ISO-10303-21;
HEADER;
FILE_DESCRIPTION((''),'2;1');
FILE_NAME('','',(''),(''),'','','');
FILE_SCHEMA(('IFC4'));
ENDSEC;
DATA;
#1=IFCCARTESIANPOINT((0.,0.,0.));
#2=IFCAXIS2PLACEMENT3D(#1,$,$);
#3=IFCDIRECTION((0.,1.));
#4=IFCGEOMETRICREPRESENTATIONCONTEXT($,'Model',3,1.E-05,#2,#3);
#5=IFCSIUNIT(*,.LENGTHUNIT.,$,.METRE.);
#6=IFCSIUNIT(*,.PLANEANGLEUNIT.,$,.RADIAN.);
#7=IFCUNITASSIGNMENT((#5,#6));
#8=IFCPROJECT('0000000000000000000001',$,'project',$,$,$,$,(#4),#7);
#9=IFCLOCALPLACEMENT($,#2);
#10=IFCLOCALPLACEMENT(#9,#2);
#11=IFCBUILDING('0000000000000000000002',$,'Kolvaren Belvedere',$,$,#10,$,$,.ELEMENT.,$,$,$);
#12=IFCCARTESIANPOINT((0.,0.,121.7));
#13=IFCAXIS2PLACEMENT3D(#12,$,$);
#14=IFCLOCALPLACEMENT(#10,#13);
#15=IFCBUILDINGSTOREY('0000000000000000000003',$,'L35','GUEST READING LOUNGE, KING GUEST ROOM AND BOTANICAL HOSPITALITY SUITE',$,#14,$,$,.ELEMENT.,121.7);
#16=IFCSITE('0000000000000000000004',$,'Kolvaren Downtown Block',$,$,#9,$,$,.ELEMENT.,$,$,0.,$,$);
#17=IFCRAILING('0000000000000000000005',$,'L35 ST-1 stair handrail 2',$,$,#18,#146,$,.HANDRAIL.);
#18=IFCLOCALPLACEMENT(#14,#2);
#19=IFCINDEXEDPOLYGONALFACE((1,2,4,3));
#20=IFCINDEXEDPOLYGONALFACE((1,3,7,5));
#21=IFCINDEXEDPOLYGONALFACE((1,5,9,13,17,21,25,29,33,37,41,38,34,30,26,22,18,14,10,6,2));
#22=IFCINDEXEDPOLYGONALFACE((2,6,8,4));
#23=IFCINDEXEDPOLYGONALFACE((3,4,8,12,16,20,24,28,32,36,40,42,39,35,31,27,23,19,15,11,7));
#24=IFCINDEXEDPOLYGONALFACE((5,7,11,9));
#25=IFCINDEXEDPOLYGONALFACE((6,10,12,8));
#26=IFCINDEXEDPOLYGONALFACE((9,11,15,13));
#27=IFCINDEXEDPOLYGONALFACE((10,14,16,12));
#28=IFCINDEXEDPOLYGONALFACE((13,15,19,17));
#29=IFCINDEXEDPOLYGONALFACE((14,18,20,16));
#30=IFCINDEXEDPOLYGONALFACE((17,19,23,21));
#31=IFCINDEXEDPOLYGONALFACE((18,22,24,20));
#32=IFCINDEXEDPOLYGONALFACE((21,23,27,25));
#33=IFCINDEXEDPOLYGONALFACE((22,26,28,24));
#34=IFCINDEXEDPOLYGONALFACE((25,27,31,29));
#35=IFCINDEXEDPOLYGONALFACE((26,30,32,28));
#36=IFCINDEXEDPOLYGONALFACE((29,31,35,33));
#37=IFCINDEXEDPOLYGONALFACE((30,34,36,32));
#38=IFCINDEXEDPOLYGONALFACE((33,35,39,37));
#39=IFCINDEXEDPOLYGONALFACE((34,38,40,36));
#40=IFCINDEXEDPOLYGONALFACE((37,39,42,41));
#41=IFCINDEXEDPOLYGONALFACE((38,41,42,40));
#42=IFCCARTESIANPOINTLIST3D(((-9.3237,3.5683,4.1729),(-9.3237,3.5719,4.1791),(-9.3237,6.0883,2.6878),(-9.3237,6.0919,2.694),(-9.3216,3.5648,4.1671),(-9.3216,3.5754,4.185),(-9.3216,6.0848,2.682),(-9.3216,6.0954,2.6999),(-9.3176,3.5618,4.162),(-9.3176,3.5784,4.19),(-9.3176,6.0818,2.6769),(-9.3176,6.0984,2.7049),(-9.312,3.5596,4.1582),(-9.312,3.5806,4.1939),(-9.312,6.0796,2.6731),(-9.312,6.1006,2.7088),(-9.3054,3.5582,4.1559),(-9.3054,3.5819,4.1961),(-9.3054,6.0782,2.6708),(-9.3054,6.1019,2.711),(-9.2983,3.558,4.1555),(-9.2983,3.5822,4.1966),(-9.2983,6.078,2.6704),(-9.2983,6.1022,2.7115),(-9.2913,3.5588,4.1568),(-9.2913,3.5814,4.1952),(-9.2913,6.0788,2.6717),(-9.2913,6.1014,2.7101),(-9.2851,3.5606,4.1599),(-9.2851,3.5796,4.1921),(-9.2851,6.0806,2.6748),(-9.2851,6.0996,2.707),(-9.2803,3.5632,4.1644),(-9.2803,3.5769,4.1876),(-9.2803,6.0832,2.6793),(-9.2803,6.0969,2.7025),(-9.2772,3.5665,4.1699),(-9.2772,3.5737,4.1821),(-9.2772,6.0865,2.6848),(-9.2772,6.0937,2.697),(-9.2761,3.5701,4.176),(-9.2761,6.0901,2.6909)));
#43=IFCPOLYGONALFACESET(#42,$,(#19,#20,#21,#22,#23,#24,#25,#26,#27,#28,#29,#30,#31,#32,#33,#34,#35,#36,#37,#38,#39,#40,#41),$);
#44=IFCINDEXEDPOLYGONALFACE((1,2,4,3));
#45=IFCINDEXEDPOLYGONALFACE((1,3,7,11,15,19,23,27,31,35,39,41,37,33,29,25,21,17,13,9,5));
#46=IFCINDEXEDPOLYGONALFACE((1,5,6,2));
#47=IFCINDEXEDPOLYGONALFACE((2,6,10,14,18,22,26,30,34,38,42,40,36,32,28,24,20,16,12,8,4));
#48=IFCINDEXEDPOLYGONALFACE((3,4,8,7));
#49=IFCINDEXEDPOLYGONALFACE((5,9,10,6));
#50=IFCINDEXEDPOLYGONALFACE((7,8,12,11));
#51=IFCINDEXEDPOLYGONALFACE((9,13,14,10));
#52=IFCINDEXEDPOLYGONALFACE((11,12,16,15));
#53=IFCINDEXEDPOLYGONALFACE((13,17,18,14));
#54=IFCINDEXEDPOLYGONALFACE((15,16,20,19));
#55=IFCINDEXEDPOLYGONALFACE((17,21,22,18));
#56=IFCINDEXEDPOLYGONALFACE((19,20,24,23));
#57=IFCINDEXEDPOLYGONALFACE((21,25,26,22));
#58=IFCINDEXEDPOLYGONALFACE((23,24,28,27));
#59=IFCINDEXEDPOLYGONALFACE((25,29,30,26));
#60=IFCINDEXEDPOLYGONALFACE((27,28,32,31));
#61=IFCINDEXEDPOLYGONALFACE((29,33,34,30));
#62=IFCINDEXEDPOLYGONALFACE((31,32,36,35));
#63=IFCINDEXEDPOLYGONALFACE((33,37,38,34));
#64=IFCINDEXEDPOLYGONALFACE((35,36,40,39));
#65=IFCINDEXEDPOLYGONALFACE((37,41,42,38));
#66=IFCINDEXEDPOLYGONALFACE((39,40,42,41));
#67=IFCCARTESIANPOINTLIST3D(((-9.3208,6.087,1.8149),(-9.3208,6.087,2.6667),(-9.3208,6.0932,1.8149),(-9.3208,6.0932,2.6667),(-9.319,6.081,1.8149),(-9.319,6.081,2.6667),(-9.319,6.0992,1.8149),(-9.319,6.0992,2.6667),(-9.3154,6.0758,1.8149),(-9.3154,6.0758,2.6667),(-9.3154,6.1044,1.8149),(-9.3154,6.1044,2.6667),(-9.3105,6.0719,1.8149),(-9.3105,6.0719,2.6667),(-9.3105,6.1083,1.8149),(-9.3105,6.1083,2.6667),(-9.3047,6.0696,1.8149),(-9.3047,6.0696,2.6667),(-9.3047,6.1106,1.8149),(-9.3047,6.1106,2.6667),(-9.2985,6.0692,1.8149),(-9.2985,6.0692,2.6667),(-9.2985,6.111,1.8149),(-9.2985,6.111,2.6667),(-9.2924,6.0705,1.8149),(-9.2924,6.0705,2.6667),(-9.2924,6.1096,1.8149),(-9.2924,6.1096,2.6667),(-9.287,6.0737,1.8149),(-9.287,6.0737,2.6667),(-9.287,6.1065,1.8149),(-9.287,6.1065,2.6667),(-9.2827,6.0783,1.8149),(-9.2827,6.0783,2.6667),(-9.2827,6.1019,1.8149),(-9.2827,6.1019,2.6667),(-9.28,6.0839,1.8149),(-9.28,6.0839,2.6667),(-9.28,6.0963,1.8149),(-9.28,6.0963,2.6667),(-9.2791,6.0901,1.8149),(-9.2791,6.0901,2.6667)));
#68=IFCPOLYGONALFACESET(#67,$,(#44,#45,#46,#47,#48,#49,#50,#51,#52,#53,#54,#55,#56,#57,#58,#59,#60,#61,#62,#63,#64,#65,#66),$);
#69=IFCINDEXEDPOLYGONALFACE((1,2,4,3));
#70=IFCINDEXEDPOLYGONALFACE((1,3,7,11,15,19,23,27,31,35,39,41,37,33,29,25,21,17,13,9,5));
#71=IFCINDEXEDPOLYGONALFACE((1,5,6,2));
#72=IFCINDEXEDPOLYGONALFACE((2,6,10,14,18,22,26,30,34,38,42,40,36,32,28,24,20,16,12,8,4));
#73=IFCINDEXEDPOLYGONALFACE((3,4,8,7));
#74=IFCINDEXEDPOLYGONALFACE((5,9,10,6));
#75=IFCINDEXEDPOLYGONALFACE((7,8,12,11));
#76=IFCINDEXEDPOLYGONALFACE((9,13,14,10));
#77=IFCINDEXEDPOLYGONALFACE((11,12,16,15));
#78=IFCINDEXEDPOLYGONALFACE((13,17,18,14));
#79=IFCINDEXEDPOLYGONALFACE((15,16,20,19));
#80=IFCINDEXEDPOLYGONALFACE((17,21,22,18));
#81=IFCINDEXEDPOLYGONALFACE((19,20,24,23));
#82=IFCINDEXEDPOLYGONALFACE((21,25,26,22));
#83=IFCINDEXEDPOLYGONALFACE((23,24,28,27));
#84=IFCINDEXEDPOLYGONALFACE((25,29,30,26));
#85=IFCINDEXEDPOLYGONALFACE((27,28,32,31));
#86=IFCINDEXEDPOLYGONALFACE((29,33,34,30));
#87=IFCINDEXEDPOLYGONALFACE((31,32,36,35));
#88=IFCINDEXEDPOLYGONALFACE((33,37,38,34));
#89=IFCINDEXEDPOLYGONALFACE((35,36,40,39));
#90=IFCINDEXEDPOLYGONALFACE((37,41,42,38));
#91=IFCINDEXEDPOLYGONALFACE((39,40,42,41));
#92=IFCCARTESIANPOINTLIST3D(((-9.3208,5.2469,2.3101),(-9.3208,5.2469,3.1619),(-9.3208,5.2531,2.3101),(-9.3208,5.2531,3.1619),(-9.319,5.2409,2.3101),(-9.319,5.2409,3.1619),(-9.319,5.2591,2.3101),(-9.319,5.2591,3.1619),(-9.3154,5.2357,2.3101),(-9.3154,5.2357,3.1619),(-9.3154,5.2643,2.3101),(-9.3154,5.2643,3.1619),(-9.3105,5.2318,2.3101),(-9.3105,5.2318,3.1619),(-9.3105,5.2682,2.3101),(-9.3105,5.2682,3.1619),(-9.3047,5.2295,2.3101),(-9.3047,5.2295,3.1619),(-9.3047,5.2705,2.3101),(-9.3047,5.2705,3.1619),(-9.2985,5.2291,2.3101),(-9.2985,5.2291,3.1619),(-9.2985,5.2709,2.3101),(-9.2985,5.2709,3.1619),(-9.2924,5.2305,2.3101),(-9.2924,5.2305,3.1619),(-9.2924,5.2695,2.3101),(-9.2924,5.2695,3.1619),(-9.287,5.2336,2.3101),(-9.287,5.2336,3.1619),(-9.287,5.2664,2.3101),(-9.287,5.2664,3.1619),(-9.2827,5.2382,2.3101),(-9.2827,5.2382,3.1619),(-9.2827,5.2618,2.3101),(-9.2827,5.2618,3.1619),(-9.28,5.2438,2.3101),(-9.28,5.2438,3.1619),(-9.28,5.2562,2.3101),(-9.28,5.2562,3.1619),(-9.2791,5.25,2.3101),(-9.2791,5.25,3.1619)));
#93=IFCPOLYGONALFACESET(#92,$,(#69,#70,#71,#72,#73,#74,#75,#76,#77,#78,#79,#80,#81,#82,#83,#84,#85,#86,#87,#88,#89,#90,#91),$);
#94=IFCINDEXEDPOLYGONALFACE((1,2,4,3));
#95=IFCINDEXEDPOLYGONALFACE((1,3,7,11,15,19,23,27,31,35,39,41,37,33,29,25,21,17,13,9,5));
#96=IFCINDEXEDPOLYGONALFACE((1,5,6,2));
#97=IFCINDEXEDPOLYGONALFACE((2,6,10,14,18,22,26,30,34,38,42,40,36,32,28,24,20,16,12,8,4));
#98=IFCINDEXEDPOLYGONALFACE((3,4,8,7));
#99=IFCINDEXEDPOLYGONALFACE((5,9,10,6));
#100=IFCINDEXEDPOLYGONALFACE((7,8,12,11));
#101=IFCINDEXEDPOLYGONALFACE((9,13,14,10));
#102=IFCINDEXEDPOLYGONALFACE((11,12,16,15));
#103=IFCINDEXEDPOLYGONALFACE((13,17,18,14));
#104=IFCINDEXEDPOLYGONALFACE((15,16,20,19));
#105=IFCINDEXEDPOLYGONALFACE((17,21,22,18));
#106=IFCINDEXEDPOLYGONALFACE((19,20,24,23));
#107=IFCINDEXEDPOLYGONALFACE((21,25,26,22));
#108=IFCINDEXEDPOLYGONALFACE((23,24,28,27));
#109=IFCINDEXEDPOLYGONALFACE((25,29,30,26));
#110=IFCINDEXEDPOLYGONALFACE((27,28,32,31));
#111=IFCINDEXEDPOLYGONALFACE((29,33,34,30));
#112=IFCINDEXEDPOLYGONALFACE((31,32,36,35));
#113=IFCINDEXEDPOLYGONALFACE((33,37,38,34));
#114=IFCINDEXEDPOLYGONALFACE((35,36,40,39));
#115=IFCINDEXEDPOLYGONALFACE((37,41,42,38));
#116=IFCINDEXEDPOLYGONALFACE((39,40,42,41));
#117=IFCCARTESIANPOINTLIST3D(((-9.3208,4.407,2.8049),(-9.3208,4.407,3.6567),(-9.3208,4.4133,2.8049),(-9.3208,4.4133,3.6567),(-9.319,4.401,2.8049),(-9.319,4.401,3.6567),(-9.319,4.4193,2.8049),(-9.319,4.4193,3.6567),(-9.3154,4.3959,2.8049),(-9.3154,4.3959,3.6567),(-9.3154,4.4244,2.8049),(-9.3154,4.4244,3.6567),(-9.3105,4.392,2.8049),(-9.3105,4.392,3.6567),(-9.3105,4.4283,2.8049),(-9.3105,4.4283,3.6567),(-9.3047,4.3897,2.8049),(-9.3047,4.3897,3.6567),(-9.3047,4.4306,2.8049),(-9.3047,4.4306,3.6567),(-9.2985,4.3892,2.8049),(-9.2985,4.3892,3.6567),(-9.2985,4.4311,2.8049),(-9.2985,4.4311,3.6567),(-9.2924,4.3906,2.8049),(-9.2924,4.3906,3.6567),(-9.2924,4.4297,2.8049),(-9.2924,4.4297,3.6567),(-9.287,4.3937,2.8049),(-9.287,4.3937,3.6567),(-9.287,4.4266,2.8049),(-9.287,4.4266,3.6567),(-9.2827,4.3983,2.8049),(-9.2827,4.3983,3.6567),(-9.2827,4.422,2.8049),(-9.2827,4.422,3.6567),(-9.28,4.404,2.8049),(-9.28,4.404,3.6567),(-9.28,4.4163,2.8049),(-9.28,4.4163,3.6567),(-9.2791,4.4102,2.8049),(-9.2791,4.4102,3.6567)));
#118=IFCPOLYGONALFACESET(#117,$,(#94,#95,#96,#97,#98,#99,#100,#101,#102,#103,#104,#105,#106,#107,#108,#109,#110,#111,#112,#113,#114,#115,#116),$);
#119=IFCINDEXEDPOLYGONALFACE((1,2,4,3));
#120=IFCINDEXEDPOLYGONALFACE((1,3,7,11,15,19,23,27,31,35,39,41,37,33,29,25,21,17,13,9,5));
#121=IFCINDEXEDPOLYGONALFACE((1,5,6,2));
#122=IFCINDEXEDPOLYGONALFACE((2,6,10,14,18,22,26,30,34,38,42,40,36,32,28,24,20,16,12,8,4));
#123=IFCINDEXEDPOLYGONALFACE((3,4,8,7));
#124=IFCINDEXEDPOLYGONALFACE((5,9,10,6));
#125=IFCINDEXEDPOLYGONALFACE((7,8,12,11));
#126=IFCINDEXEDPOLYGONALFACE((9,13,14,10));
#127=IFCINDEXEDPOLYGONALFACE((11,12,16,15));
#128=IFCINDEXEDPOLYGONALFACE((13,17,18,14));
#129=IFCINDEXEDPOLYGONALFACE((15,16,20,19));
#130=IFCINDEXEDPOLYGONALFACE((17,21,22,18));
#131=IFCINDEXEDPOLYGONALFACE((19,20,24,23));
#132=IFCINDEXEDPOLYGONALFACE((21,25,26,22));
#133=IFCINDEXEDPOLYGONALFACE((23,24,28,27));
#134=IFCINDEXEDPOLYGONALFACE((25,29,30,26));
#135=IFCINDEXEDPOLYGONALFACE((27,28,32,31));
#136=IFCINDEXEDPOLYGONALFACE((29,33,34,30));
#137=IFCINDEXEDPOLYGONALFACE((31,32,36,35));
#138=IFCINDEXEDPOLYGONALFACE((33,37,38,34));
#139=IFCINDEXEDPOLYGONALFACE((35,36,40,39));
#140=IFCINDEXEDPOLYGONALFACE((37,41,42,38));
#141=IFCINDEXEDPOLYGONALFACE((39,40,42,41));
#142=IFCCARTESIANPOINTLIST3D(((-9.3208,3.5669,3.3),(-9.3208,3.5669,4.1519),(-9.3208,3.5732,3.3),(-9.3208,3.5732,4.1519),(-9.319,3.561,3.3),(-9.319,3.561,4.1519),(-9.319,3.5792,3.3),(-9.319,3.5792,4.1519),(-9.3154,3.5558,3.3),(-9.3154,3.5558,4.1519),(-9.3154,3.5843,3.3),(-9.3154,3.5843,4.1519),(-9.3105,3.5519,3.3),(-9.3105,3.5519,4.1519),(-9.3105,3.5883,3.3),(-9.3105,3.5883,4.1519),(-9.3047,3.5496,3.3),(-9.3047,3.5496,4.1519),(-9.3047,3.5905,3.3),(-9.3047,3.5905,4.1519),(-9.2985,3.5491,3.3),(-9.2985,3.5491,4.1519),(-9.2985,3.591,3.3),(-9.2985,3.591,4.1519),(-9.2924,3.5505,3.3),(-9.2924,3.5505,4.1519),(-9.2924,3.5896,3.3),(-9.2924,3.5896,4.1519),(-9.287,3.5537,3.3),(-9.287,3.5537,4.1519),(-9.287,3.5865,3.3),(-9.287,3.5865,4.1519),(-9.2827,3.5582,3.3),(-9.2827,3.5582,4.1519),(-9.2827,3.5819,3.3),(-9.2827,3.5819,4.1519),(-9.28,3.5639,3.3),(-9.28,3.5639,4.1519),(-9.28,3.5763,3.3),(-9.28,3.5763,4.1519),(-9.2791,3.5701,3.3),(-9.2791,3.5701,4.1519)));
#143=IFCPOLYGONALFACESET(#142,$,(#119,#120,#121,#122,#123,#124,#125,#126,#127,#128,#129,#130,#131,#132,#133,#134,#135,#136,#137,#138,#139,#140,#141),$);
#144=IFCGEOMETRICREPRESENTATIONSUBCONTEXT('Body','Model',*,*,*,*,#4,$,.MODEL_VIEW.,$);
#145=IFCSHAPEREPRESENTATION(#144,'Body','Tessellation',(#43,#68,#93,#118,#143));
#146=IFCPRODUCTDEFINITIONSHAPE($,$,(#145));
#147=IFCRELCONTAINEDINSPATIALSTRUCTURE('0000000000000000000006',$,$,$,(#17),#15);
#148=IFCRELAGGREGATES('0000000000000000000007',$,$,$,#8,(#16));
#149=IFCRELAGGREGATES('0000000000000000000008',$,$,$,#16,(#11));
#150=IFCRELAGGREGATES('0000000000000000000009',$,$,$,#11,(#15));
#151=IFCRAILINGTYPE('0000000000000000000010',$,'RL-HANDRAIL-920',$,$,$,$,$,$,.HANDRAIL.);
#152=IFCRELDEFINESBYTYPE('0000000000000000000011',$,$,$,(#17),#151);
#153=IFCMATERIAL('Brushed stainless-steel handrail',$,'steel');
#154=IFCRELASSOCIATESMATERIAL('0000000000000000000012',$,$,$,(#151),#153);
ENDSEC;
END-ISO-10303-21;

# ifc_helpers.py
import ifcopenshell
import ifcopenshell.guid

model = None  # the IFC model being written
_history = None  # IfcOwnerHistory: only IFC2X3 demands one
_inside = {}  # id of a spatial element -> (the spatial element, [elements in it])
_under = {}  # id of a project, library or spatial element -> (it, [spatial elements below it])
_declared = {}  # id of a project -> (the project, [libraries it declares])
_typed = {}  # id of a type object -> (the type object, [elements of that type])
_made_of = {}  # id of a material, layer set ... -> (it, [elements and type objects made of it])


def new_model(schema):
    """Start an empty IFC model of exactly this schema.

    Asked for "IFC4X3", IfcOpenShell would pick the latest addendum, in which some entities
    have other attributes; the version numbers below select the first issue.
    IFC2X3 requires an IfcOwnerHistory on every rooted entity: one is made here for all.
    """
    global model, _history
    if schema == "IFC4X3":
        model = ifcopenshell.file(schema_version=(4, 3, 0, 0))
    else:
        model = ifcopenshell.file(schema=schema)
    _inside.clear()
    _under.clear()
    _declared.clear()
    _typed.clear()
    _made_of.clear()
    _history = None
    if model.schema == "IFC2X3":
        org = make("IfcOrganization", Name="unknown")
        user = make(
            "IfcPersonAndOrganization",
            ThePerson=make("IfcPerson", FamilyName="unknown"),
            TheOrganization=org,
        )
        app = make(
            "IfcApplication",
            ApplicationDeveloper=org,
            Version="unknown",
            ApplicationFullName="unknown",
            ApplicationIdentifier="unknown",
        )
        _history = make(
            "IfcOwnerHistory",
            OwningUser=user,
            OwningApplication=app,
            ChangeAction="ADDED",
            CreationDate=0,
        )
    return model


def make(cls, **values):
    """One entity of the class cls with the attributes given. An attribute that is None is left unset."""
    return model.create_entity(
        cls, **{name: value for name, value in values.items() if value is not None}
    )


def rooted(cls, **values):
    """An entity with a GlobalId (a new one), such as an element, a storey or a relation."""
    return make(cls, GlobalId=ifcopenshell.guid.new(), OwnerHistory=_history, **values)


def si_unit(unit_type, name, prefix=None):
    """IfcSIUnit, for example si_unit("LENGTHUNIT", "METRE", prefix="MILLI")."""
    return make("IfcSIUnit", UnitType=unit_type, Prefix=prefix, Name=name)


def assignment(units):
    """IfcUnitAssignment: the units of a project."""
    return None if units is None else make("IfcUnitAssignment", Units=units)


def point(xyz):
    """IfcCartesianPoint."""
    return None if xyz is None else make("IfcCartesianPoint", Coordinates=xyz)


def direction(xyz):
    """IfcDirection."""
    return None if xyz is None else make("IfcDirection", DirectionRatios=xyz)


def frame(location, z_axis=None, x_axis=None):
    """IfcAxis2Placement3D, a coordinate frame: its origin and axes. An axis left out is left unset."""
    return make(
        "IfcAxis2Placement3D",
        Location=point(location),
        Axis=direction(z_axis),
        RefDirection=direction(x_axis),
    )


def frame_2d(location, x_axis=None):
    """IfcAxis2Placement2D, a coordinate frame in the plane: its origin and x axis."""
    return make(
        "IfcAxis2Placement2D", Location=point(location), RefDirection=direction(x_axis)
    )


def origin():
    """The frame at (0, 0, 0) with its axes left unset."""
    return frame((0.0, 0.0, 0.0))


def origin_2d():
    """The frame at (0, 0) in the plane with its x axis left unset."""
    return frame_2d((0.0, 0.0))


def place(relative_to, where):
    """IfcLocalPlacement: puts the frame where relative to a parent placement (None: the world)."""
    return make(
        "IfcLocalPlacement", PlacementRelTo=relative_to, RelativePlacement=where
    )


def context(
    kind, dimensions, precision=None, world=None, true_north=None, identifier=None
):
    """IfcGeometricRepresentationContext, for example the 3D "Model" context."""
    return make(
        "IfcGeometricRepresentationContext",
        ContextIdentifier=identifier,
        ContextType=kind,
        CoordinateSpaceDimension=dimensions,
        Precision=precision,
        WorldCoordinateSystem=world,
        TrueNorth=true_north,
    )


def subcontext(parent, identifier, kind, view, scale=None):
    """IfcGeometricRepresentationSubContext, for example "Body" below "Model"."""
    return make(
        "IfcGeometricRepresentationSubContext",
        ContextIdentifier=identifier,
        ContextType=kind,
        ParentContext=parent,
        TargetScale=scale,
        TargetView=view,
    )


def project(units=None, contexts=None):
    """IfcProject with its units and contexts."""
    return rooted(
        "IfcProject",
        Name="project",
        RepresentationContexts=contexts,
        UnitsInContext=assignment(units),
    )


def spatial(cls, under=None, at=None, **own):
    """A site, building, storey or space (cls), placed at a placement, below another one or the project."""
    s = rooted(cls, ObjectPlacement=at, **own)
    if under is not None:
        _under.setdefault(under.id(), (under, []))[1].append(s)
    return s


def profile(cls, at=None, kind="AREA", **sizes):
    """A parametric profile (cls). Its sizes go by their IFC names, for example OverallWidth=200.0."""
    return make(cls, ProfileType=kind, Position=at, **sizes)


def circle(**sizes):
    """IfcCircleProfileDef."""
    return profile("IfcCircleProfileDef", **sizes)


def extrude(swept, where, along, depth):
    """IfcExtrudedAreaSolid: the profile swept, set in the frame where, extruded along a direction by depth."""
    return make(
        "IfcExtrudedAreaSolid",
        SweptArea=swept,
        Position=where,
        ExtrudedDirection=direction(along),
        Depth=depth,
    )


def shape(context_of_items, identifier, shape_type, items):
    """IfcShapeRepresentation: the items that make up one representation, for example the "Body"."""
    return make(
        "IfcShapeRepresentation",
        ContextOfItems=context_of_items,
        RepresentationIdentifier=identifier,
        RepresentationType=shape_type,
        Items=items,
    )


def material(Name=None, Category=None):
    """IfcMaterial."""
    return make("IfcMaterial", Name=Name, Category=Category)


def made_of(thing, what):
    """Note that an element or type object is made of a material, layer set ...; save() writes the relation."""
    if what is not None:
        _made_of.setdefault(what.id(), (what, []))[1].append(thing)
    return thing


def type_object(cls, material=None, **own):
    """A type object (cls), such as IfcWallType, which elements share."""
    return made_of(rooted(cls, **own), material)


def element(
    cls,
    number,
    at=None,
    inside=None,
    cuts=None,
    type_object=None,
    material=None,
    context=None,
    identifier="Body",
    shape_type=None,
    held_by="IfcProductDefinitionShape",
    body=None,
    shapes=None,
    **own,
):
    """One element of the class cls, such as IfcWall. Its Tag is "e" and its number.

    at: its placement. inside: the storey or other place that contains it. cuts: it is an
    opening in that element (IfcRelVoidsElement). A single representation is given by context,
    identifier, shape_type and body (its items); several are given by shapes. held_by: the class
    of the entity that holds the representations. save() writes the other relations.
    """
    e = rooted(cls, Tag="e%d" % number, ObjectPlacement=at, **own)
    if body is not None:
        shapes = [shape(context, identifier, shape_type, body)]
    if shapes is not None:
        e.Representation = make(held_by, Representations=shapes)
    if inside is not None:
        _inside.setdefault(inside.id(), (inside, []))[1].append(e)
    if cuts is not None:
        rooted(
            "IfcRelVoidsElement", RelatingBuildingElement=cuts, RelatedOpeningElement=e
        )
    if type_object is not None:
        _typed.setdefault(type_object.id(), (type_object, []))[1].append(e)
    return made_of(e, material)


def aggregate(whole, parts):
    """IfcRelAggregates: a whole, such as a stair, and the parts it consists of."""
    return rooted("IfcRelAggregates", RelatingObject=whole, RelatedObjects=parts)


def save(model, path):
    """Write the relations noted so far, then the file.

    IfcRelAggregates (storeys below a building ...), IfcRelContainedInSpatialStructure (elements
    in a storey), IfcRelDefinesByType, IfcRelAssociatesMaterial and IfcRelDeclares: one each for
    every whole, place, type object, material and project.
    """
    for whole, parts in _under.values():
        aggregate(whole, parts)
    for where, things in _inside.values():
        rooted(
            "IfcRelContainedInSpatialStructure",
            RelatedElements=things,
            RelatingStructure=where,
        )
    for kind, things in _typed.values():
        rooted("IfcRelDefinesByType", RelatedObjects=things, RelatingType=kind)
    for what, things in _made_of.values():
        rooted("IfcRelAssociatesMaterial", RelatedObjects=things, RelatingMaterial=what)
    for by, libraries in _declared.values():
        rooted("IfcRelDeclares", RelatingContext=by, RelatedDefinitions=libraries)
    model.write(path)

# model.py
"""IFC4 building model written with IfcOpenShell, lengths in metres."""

from ifc_helpers import new_model, si_unit, direction, frame, origin, origin_2d, place, context, subcontext, project, spatial, circle, extrude, material, type_object, element, save


model = new_model("IFC4")

# Units and contexts
model_context = context("Model", 3, precision=1e-05, world=origin(), true_north=direction((0.0, 1.0)))
body_context = subcontext(model_context, "Body", "Model", "MODEL_VIEW")
ifc_project = project(units=[si_unit("LENGTHUNIT", "METRE"), si_unit("PLANEANGLEUNIT", "RADIAN")], contexts=[model_context])

# Site, building, storey
site_placement = place(None, origin())
site = spatial("IfcSite", under=ifc_project, at=site_placement, Name="Kolvaren Downtown Block", CompositionType="ELEMENT", RefElevation=0.0)
building_placement = place(site_placement, origin())
building = spatial("IfcBuilding", under=site, at=building_placement, Name="Kolvaren Belvedere", CompositionType="ELEMENT")
storey_placement = place(building_placement, frame((0.0, 0.0, 121.7)))
storey = spatial("IfcBuildingStorey", under=building, at=storey_placement, Name="L35", Description="GUEST READING LOUNGE, KING GUEST ROOM AND BOTANICAL HOSPITALITY SUITE", CompositionType="ELEMENT", Elevation=121.7)

# Railing
ifc_material_1 = material(Name="Brushed stainless-steel handrail", Category="steel")
railing_type_1 = type_object("IfcRailingType", Name="RL-HANDRAIL-920", PredefinedType="HANDRAIL", material=ifc_material_1)
railing_1_placement = place(storey_placement, frame((-9.3, 6.0901, 1.8149)))
element("IfcRailing", 1, at=railing_1_placement, inside=storey, type_object=railing_type_1, Name="L35 ST-1 stair handrail 2", PredefinedType="HANDRAIL", context=body_context, shape_type="SweptSolid", body=[
    extrude(circle(Radius=0.0239, at=origin_2d()), frame((0.0, 0.0, 0.876), z_axis=(0.0, -0.861524, 0.507717), x_axis=(1.0, 0.0, 0.0)), (0.0, 0.0, 1.0), 2.925),
    extrude(circle(Radius=0.021, at=origin_2d()), origin(), (0.0, 0.0, 1.0), 0.8518),
    extrude(circle(Radius=0.021, at=origin_2d()), frame((0.0, -0.8401, 0.4951)), (0.0, 0.0, 1.0), 0.8518),
    extrude(circle(Radius=0.021, at=origin_2d()), frame((0.0, -1.6799, 0.99)), (0.0, 0.0, 1.0), 0.8518),
    extrude(circle(Radius=0.021, at=origin_2d()), frame((0.0, -2.52, 1.4851)), (0.0, 0.0, 1.0), 0.8518),
])

save(model, "model.ifc")
